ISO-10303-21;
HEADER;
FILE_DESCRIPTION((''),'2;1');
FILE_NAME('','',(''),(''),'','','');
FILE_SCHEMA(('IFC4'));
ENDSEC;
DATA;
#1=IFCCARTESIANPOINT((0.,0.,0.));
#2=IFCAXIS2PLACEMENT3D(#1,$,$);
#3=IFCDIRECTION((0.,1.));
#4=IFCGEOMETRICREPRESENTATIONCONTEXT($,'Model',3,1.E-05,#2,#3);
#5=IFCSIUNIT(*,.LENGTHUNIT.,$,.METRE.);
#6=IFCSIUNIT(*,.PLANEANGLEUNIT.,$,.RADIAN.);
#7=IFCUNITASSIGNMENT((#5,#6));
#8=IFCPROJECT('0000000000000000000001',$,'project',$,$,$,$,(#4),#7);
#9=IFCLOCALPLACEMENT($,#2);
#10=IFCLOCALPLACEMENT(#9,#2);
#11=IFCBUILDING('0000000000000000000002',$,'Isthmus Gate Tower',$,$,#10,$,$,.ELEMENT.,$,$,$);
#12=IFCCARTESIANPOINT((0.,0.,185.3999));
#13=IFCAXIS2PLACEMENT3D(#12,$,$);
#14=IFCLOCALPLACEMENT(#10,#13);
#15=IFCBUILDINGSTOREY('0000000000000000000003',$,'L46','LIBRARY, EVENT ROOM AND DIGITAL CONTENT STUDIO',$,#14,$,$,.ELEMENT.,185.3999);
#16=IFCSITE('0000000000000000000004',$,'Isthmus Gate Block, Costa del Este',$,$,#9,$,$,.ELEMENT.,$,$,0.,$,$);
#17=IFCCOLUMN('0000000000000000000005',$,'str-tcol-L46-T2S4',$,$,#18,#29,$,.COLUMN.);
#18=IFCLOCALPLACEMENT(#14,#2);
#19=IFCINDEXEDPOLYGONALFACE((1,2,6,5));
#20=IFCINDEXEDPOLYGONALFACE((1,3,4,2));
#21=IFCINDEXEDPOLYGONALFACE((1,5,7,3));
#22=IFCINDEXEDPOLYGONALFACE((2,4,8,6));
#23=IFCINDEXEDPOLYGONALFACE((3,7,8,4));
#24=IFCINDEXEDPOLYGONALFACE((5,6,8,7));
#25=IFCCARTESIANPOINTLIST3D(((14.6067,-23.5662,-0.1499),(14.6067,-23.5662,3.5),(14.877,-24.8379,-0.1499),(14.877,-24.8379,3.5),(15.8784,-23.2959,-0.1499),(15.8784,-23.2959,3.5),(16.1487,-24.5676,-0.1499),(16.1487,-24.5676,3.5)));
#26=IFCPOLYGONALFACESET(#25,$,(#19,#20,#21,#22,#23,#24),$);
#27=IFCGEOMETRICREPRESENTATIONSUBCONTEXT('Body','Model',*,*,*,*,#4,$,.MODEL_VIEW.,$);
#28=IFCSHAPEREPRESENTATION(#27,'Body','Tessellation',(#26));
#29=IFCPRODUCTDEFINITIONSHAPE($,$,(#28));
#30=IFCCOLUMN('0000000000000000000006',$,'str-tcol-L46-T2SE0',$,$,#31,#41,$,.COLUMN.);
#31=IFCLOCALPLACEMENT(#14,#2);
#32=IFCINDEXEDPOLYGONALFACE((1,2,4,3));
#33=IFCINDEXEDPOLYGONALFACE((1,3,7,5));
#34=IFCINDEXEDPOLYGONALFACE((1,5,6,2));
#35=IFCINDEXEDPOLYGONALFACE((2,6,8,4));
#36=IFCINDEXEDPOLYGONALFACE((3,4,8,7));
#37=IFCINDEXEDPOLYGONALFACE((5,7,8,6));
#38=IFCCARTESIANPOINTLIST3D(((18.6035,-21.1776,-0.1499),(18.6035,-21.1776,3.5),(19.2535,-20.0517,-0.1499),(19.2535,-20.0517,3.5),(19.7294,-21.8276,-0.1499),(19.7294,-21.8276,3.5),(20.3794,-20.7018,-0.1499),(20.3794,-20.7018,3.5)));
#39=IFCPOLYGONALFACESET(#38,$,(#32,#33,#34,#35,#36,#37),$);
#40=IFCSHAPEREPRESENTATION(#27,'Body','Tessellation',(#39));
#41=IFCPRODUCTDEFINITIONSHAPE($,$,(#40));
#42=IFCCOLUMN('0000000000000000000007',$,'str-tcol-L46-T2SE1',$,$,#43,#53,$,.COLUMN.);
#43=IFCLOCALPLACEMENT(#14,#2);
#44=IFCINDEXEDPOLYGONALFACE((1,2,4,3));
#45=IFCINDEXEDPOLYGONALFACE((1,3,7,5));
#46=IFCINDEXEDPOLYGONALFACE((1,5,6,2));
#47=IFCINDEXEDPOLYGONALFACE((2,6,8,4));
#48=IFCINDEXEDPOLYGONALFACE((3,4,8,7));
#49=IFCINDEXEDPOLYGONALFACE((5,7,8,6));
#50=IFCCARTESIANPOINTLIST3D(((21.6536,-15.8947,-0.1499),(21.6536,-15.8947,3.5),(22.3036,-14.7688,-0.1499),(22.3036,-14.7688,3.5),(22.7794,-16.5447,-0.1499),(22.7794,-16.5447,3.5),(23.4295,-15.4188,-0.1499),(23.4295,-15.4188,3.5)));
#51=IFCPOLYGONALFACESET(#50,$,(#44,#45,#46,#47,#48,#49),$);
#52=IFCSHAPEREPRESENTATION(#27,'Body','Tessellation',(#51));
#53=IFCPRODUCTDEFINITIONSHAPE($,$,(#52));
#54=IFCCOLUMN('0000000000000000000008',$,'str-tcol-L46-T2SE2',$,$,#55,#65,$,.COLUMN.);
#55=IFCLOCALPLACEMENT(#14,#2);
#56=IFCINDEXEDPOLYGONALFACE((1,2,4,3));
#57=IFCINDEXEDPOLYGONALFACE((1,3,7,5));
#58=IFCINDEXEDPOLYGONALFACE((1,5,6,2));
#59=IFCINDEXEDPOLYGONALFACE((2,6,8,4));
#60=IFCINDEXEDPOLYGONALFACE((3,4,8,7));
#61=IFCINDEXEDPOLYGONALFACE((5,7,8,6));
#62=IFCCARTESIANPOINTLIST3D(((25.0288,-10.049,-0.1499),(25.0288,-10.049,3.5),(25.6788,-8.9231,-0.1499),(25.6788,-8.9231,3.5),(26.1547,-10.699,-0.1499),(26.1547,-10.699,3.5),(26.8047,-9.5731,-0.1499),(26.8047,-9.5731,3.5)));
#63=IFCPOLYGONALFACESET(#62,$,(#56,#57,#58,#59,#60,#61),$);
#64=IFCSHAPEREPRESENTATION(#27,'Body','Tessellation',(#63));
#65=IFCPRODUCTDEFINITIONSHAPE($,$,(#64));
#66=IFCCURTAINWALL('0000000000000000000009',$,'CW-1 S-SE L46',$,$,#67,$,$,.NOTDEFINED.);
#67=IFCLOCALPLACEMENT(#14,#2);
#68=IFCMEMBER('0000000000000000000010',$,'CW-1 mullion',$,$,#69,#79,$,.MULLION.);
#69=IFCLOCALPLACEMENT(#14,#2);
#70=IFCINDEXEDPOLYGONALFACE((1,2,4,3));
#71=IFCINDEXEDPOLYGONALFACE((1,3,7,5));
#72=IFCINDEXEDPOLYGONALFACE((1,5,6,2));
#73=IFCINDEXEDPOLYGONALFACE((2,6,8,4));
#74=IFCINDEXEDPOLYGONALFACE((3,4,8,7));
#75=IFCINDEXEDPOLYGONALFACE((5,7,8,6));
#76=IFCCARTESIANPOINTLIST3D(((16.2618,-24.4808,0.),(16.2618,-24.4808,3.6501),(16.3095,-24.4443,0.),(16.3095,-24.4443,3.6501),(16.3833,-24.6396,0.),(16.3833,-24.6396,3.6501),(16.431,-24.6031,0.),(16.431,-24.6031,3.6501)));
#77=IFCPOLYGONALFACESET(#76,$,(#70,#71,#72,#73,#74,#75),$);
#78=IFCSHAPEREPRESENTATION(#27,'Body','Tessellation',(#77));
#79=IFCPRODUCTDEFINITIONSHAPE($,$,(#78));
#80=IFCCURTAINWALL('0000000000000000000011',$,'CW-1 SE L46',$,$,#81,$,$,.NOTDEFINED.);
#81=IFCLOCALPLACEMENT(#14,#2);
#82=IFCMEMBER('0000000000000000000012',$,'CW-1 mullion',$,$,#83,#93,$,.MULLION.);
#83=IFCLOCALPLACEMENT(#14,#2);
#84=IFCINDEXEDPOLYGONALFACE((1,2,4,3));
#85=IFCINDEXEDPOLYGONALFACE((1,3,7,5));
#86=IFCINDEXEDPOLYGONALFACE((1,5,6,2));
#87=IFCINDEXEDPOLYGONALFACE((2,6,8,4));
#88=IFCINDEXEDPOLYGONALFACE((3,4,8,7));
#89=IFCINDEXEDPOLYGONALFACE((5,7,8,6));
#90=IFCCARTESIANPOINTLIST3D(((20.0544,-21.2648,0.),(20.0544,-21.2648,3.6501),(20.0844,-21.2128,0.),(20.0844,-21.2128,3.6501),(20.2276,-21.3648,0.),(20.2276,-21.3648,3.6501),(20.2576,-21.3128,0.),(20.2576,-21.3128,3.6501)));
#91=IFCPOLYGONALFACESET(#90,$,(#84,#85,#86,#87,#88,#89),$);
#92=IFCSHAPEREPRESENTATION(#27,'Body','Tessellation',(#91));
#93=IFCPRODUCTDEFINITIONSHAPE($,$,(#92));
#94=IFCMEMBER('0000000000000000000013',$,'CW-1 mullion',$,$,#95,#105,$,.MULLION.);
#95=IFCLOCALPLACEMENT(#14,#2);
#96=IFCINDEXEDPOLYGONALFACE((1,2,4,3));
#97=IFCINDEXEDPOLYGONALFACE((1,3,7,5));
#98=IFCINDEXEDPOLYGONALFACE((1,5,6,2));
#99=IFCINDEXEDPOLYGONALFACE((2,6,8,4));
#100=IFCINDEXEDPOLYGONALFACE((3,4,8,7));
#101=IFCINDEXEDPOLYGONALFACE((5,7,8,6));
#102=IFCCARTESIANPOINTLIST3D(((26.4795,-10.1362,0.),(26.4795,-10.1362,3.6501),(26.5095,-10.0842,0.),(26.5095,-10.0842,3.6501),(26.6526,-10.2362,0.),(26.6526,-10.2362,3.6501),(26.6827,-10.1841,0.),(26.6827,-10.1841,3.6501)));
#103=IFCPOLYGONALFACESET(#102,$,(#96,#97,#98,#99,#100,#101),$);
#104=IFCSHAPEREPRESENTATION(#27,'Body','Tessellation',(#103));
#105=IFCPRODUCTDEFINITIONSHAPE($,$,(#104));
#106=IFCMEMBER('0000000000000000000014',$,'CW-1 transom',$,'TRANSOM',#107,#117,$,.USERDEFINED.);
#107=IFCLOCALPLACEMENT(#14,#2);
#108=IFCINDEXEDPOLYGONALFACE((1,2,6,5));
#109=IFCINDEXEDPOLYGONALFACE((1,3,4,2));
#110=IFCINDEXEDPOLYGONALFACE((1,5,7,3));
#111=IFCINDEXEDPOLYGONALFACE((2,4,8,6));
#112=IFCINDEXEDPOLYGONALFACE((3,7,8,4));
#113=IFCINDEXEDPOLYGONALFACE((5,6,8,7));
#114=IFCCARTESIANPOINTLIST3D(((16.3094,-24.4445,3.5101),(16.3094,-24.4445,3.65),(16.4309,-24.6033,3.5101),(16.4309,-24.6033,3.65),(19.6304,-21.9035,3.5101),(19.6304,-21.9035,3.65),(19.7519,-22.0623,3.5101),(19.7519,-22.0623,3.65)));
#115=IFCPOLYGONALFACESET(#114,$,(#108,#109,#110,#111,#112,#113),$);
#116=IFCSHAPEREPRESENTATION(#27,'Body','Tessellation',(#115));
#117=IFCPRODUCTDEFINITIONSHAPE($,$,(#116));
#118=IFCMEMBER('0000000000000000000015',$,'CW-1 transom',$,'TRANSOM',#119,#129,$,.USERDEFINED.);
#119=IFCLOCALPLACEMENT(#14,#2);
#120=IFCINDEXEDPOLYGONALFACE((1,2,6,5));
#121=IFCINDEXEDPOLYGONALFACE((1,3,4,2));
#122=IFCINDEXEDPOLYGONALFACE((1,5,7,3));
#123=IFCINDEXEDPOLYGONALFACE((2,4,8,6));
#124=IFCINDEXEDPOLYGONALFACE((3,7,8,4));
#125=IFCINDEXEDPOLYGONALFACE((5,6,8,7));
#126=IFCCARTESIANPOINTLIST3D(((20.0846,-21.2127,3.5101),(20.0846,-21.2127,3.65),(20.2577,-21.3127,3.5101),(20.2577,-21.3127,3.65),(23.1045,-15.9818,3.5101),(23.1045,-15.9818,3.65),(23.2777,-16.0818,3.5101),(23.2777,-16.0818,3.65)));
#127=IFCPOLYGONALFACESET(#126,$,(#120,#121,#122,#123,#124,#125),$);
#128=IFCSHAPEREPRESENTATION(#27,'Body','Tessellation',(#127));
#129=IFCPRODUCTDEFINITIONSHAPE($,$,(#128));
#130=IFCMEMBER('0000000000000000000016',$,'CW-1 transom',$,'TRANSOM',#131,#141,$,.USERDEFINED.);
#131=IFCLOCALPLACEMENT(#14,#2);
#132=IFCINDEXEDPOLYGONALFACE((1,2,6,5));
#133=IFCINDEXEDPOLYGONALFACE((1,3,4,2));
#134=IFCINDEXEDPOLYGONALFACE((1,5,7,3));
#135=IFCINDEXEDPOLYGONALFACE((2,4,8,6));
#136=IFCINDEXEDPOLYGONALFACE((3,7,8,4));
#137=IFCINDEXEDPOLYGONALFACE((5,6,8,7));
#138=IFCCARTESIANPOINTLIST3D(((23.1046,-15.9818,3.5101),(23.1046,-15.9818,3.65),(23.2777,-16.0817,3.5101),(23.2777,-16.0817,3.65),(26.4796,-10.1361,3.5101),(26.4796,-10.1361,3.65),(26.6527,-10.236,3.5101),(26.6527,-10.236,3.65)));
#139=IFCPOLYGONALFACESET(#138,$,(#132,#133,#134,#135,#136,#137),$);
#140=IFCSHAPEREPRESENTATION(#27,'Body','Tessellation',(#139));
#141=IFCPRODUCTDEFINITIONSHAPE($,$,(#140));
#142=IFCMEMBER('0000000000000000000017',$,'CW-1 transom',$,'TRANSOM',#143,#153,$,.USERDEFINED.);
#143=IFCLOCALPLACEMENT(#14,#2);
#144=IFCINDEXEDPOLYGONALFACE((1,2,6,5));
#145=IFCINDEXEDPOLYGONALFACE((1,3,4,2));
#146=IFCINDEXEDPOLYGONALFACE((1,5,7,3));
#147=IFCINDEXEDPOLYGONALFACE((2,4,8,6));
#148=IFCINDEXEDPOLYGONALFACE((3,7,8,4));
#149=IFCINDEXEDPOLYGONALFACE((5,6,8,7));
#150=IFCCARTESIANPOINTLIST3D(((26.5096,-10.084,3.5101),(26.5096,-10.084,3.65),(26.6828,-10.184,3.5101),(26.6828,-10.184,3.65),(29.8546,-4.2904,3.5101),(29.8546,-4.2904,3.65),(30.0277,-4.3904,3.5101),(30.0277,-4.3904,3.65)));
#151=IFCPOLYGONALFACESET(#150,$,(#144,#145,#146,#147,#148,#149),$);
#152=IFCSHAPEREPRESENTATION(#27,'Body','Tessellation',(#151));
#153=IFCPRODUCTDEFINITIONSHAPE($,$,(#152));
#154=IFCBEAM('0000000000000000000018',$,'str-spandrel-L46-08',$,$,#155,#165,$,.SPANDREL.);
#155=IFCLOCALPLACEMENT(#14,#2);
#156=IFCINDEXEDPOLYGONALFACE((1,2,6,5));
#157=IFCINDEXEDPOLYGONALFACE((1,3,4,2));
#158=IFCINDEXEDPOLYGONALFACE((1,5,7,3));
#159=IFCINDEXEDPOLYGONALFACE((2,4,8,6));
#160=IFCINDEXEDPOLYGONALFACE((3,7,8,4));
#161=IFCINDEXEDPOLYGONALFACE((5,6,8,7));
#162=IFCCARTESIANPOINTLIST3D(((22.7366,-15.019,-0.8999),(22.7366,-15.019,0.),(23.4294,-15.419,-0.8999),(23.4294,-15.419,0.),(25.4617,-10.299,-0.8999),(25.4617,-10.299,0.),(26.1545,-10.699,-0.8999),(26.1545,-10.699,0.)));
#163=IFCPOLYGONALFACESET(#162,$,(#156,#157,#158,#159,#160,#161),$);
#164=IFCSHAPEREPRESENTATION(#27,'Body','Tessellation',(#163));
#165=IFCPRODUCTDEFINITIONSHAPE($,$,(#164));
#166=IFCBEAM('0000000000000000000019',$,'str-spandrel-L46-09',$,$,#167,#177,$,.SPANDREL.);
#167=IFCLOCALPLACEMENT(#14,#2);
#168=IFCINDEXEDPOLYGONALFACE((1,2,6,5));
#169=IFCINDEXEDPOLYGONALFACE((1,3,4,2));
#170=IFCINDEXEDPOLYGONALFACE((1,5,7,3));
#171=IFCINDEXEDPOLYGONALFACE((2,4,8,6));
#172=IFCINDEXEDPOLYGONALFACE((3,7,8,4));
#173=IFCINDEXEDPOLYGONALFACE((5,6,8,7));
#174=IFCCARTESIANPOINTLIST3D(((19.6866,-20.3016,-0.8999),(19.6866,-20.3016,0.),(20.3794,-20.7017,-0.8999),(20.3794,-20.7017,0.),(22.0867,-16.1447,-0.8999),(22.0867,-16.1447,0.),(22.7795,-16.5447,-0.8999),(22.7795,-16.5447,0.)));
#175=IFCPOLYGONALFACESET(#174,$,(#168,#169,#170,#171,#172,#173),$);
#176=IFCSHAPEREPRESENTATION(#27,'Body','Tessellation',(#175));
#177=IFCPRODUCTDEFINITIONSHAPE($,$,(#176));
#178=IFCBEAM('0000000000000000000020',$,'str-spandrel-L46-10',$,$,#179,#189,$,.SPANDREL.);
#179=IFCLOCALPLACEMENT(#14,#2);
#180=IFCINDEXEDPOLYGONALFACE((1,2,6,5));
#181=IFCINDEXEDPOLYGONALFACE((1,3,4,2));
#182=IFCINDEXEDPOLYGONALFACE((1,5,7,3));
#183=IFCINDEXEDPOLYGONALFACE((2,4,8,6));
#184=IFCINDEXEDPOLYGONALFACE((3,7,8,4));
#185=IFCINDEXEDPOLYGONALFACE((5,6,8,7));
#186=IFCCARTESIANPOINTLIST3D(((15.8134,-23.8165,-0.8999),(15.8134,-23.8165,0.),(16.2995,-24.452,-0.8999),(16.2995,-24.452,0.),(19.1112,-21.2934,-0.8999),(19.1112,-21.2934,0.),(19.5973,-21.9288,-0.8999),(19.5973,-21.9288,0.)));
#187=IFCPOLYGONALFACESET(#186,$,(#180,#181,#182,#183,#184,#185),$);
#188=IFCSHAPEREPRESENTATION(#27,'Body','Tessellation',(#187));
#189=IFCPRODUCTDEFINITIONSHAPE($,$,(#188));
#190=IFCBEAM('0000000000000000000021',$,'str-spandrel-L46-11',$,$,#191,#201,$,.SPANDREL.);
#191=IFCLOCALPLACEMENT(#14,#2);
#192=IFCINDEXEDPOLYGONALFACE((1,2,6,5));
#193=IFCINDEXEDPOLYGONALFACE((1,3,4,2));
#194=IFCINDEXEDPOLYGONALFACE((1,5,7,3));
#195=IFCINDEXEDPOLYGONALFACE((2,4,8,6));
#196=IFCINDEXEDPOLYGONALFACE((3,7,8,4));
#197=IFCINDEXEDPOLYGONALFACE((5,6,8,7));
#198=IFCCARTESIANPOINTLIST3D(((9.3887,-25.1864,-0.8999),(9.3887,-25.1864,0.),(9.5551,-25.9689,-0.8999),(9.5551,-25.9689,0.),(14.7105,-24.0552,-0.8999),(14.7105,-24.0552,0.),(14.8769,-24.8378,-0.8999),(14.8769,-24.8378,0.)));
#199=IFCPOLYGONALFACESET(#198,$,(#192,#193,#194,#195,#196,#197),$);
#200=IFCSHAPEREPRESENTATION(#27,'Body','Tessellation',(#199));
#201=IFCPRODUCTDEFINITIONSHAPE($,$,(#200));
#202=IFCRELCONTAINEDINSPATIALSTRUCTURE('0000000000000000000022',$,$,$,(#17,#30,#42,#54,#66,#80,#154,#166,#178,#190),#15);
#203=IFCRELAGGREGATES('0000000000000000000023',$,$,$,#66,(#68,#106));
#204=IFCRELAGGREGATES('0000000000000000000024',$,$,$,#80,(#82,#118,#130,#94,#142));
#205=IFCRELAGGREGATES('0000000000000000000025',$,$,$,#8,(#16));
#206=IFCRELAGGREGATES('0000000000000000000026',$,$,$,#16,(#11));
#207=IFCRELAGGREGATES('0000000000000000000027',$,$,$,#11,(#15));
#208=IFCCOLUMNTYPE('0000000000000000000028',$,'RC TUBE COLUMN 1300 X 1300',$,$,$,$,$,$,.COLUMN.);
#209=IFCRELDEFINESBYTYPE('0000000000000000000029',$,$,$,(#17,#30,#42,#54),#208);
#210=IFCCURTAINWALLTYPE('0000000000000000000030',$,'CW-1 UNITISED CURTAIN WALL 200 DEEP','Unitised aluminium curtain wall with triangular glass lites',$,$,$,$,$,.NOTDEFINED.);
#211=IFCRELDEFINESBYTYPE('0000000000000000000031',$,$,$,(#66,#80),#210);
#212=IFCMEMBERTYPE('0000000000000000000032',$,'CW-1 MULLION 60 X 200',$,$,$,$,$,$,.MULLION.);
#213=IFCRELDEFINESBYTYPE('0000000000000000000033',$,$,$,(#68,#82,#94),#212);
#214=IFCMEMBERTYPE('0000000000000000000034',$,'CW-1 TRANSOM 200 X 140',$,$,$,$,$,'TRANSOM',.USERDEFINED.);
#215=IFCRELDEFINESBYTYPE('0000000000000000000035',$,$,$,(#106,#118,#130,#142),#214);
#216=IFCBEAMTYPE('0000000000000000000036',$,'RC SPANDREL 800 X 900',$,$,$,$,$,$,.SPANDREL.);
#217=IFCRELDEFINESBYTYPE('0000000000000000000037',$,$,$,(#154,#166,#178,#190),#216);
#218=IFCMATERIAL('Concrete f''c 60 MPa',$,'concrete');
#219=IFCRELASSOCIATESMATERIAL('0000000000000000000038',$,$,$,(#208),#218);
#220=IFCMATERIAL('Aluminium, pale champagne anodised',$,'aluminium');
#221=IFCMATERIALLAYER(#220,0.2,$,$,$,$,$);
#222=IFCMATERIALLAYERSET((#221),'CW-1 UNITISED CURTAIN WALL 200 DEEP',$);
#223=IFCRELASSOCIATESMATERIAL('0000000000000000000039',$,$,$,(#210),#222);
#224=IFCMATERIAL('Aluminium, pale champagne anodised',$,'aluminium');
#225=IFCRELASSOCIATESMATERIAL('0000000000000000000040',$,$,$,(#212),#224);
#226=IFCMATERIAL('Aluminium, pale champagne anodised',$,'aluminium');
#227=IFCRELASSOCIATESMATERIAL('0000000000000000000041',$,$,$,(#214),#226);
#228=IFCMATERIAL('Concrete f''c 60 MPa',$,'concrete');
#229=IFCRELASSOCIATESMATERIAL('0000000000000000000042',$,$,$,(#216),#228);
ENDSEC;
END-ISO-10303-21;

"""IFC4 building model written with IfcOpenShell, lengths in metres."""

from ifc_helpers import new_model, si_unit, direction, frame, origin, origin_2d, place, context, subcontext, project, spatial, rectangle, extrude, material, layer, layer_set, material_profile, profile_set, type_object, element, aggregate, save


model = new_model("IFC4")

# Units and contexts
model_context = context("Model", 3, precision=1e-05, world=origin(), true_north=direction((0.0, 1.0)))
body_context = subcontext(model_context, "Body", "Model", "MODEL_VIEW")
ifc_project = project(units=[si_unit("LENGTHUNIT", "METRE"), si_unit("PLANEANGLEUNIT", "RADIAN")], contexts=[model_context])

# Site, building, storey
site_placement = place(None, origin())
site = spatial("IfcSite", under=ifc_project, at=site_placement, Name="Isthmus Gate Block, Costa del Este", CompositionType="ELEMENT", RefElevation=0.0)
building_placement = place(site_placement, origin())
building = spatial("IfcBuilding", under=site, at=building_placement, Name="Isthmus Gate Tower", CompositionType="ELEMENT")
storey_placement = place(building_placement, frame((0.0, 0.0, 185.3999)))
storey = spatial("IfcBuildingStorey", under=building, at=storey_placement, Name="L46", Description="LIBRARY, EVENT ROOM AND DIGITAL CONTENT STUDIO", CompositionType="ELEMENT", Elevation=185.3999)

# Columns
ifc_material_1 = material(Name="Concrete f'c 60 MPa", Category="concrete")
ifc_material_profile_1 = material_profile(ifc_material_1, rectangle(XDim=1.3, YDim=1.3, at=origin_2d()), Name="RC 1300X1300")
ifc_profile_set_1 = profile_set([ifc_material_profile_1], Name="Concrete f'c 60 MPa")
column_type = type_object("IfcColumnType", Name="RC TUBE COLUMN 1300 X 1300", PredefinedType="COLUMN", material=ifc_profile_set_1)
for number, where, z_axis, x_axis, name in (
    (1, (15.3777, -24.0669, -0.1499), (0.0, 0.0, 1.0), (0.978148, 0.207912, 0.0), "str-tcol-L46-T2S4"),
    (2, (19.4915, -20.9397, -0.1499), (0.0, 0.0, 1.0), (0.5, 0.866025, 0.0), "str-tcol-L46-T2SE0"),
    (3, (22.5415, -15.6567, -0.1499), (0.0, 0.0, 1.0), (0.5, 0.866025, 0.0), "str-tcol-L46-T2SE1"),
    (4, (25.9167, -9.811, -0.1499), (0.0, 0.0, 1.0), (0.5, 0.866025, 0.0), "str-tcol-L46-T2SE2"),
):
    element("IfcColumn", number, at=place(storey_placement, frame(where, z_axis=z_axis, x_axis=x_axis)), inside=storey, type_object=column_type, Name=name, PredefinedType="COLUMN", context=body_context, shape_type="SweptSolid", body=[
        extrude(rectangle(XDim=1.3, YDim=1.3, at=origin_2d()), origin(), (0.0, 0.0, 1.0), 3.6499),
    ])

# Curtain wall, member
ifc_material_2 = material(Name="Aluminium, pale champagne anodised", Category="aluminium")
ifc_layer_1 = layer(ifc_material_2, 0.2)
ifc_layer_set_1 = layer_set([ifc_layer_1], Name="CW-1 UNITISED CURTAIN WALL 200 DEEP")
curtain_wall_type = type_object("IfcCurtainWallType", Name="CW-1 UNITISED CURTAIN WALL 200 DEEP", Description="Unitised aluminium curtain wall with triangular glass lites", PredefinedType="NOTDEFINED", material=ifc_layer_set_1)
curtain_wall_1_placement = place(storey_placement, origin())
curtain_wall_1 = element("IfcCurtainWall", 5, at=curtain_wall_1_placement, inside=storey, type_object=curtain_wall_type, Name="CW-1 S-SE L46", PredefinedType="NOTDEFINED")
ifc_material_3 = material(Name="Aluminium, pale champagne anodised", Category="aluminium")
ifc_material_profile_2 = material_profile(ifc_material_3, rectangle(XDim=0.0601, YDim=0.2, at=origin_2d()), Name="60x200")
ifc_profile_set_2 = profile_set([ifc_material_profile_2], Name="Aluminium, pale champagne anodised")
member_type_1 = type_object("IfcMemberType", Name="CW-1 MULLION 60 X 200", PredefinedType="MULLION", material=ifc_profile_set_2)
member_1_placement = place(storey_placement, frame((16.3464, -24.542, 0.0), z_axis=(0.0, 0.0, 1.0), x_axis=(0.794189, 0.607671, 0.0)))
member_1 = element("IfcMember", 6, at=member_1_placement, type_object=member_type_1, Name="CW-1 mullion", PredefinedType="MULLION", context=body_context, shape_type="SweptSolid", body=[
    extrude(rectangle(XDim=0.0601, YDim=0.2, at=origin_2d()), origin(), (0.0, 0.0, 1.0), 3.6501),
])

# Curtain wall, members
curtain_wall_2_placement = place(storey_placement, origin())
curtain_wall_2 = element("IfcCurtainWall", 7, at=curtain_wall_2_placement, inside=storey, type_object=curtain_wall_type, Name="CW-1 SE L46", PredefinedType="NOTDEFINED")
member_2_placement = place(storey_placement, frame((20.156, -21.2888, 0.0), z_axis=(0.0, 0.0, 1.0), x_axis=(0.5, 0.866025, 0.0)))
member_2 = element("IfcMember", 8, at=member_2_placement, type_object=member_type_1, Name="CW-1 mullion", PredefinedType="MULLION", context=body_context, shape_type="SweptSolid", body=[
    extrude(rectangle(XDim=0.0601, YDim=0.2, at=origin_2d()), origin(), (0.0, 0.0, 1.0), 3.6501),
])
member_3_placement = place(storey_placement, frame((26.5811, -10.1602, 0.0), z_axis=(0.0, 0.0, 1.0), x_axis=(0.5, 0.866025, 0.0)))
member_3 = element("IfcMember", 9, at=member_3_placement, type_object=member_type_1, Name="CW-1 mullion", PredefinedType="MULLION", context=body_context, shape_type="SweptSolid", body=[
    extrude(rectangle(XDim=0.0601, YDim=0.2, at=origin_2d()), origin(), (0.0, 0.0, 1.0), 3.6501),
])

# Members
ifc_material_4 = material(Name="Aluminium, pale champagne anodised", Category="aluminium")
ifc_material_profile_3 = material_profile(ifc_material_4, rectangle(XDim=0.2, YDim=0.1399, at=origin_2d()), Name="200x140")
ifc_profile_set_3 = profile_set([ifc_material_profile_3], Name="Aluminium, pale champagne anodised")
member_type_2 = type_object("IfcMemberType", Name="CW-1 TRANSOM 200 X 140", ElementType="TRANSOM", PredefinedType="USERDEFINED", material=ifc_profile_set_3)
member_4_placement = place(storey_placement, frame((16.3701, -24.5239, 3.5801), z_axis=(0.794197, 0.60766, 0.0), x_axis=(-0.60766, 0.794197, 0.0)))
member_4 = element("IfcMember", 10, at=member_4_placement, type_object=member_type_2, Name="CW-1 transom", ObjectType="TRANSOM", PredefinedType="USERDEFINED", context=body_context, shape_type="SweptSolid", body=[
    extrude(rectangle(XDim=0.2, YDim=0.1399, at=origin_2d()), origin(), (0.0, 0.0, 1.0), 4.1816),
])
member_5_placement = place(storey_placement, frame((20.1711, -21.2627, 3.5801), z_axis=(0.499991, 0.866031, 0.0), x_axis=(-0.866031, 0.499991, 0.0)))
member_5 = element("IfcMember", 11, at=member_5_placement, type_object=member_type_2, Name="CW-1 transom", ObjectType="TRANSOM", PredefinedType="USERDEFINED", context=body_context, shape_type="SweptSolid", body=[
    extrude(rectangle(XDim=0.2, YDim=0.1399, at=origin_2d()), origin(), (0.0, 0.0, 1.0), 6.04),
])
member_6_placement = place(storey_placement, frame((23.1912, -16.0317, 3.5801), z_axis=(0.499998, 0.866027, 0.0), x_axis=(-0.866027, 0.499998, 0.0)))
member_6 = element("IfcMember", 12, at=member_6_placement, type_object=member_type_2, Name="CW-1 transom", ObjectType="TRANSOM", PredefinedType="USERDEFINED", context=body_context, shape_type="SweptSolid", body=[
    extrude(rectangle(XDim=0.2, YDim=0.1399, at=origin_2d()), origin(), (0.0, 0.0, 1.0), 6.75),
])
member_7_placement = place(storey_placement, frame((26.5962, -10.134, 3.5801), z_axis=(0.499997, 0.866027, 0.0), x_axis=(-0.866027, 0.499997, 0.0)))
member_7 = element("IfcMember", 13, at=member_7_placement, type_object=member_type_2, Name="CW-1 transom", ObjectType="TRANSOM", PredefinedType="USERDEFINED", context=body_context, shape_type="SweptSolid", body=[
    extrude(rectangle(XDim=0.2, YDim=0.1399, at=origin_2d()), origin(), (0.0, 0.0, 1.0), 6.6899),
])

# Beams
ifc_material_5 = material(Name="Concrete f'c 60 MPa", Category="concrete")
ifc_material_profile_4 = material_profile(ifc_material_5, rectangle(XDim=0.8, YDim=0.8999, at=origin_2d()), Name="RC 800X900")
ifc_profile_set_4 = profile_set([ifc_material_profile_4], Name="Concrete f'c 60 MPa")
beam_type_1 = type_object("IfcBeamType", Name="RC SPANDREL 800 X 900", PredefinedType="SPANDREL", material=ifc_profile_set_4)
beam_1_placement = place(storey_placement, frame((25.8081, -10.499, -0.45), z_axis=(-0.500003, -0.866024, 0.0), x_axis=(0.866024, -0.500003, 0.0)))
element("IfcBeam", 14, at=beam_1_placement, inside=storey, type_object=beam_type_1, Name="str-spandrel-L46-08", PredefinedType="SPANDREL", context=body_context, shape_type="SweptSolid", body=[
    extrude(rectangle(XDim=0.8, YDim=0.8999, at=origin_2d()), origin(), (0.0, 0.0, 1.0), 5.4502),
])
beam_2_placement = place(storey_placement, frame((22.4331, -16.3447, -0.45), z_axis=(-0.500017, -0.866015, 0.0), x_axis=(0.866015, -0.500017, 0.0)))
element("IfcBeam", 15, at=beam_2_placement, inside=storey, type_object=beam_type_1, Name="str-spandrel-L46-09", PredefinedType="SPANDREL", context=body_context, shape_type="SweptSolid", body=[
    extrude(rectangle(XDim=0.8, YDim=0.8999, at=origin_2d()), origin(), (0.0, 0.0, 1.0), 4.8),
])
beam_3_placement = place(storey_placement, frame((19.3542, -21.6111, -0.45), z_axis=(-0.794206, -0.607649, 0.0), x_axis=(0.607649, -0.794206, 0.0)))
element("IfcBeam", 16, at=beam_3_placement, inside=storey, type_object=beam_type_1, Name="str-spandrel-L46-10", PredefinedType="SPANDREL", context=body_context, shape_type="SweptSolid", body=[
    extrude(rectangle(XDim=0.8, YDim=0.8999, at=origin_2d()), origin(), (0.0, 0.0, 1.0), 4.1523),
])
beam_4_placement = place(storey_placement, frame((14.7937, -24.4465, -0.45), z_axis=(-0.97815, -0.207898, 0.0), x_axis=(0.207898, -0.97815, 0.0)))
element("IfcBeam", 17, at=beam_4_placement, inside=storey, type_object=beam_type_1, Name="str-spandrel-L46-11", PredefinedType="SPANDREL", context=body_context, shape_type="SweptSolid", body=[
    extrude(rectangle(XDim=0.8, YDim=0.8999, at=origin_2d()), origin(), (0.0, 0.0, 1.0), 5.4407),
])

aggregate(curtain_wall_1, [member_1, member_4])
aggregate(curtain_wall_2, [member_2, member_5, member_6, member_3, member_7])

save(model, "model.ifc")
